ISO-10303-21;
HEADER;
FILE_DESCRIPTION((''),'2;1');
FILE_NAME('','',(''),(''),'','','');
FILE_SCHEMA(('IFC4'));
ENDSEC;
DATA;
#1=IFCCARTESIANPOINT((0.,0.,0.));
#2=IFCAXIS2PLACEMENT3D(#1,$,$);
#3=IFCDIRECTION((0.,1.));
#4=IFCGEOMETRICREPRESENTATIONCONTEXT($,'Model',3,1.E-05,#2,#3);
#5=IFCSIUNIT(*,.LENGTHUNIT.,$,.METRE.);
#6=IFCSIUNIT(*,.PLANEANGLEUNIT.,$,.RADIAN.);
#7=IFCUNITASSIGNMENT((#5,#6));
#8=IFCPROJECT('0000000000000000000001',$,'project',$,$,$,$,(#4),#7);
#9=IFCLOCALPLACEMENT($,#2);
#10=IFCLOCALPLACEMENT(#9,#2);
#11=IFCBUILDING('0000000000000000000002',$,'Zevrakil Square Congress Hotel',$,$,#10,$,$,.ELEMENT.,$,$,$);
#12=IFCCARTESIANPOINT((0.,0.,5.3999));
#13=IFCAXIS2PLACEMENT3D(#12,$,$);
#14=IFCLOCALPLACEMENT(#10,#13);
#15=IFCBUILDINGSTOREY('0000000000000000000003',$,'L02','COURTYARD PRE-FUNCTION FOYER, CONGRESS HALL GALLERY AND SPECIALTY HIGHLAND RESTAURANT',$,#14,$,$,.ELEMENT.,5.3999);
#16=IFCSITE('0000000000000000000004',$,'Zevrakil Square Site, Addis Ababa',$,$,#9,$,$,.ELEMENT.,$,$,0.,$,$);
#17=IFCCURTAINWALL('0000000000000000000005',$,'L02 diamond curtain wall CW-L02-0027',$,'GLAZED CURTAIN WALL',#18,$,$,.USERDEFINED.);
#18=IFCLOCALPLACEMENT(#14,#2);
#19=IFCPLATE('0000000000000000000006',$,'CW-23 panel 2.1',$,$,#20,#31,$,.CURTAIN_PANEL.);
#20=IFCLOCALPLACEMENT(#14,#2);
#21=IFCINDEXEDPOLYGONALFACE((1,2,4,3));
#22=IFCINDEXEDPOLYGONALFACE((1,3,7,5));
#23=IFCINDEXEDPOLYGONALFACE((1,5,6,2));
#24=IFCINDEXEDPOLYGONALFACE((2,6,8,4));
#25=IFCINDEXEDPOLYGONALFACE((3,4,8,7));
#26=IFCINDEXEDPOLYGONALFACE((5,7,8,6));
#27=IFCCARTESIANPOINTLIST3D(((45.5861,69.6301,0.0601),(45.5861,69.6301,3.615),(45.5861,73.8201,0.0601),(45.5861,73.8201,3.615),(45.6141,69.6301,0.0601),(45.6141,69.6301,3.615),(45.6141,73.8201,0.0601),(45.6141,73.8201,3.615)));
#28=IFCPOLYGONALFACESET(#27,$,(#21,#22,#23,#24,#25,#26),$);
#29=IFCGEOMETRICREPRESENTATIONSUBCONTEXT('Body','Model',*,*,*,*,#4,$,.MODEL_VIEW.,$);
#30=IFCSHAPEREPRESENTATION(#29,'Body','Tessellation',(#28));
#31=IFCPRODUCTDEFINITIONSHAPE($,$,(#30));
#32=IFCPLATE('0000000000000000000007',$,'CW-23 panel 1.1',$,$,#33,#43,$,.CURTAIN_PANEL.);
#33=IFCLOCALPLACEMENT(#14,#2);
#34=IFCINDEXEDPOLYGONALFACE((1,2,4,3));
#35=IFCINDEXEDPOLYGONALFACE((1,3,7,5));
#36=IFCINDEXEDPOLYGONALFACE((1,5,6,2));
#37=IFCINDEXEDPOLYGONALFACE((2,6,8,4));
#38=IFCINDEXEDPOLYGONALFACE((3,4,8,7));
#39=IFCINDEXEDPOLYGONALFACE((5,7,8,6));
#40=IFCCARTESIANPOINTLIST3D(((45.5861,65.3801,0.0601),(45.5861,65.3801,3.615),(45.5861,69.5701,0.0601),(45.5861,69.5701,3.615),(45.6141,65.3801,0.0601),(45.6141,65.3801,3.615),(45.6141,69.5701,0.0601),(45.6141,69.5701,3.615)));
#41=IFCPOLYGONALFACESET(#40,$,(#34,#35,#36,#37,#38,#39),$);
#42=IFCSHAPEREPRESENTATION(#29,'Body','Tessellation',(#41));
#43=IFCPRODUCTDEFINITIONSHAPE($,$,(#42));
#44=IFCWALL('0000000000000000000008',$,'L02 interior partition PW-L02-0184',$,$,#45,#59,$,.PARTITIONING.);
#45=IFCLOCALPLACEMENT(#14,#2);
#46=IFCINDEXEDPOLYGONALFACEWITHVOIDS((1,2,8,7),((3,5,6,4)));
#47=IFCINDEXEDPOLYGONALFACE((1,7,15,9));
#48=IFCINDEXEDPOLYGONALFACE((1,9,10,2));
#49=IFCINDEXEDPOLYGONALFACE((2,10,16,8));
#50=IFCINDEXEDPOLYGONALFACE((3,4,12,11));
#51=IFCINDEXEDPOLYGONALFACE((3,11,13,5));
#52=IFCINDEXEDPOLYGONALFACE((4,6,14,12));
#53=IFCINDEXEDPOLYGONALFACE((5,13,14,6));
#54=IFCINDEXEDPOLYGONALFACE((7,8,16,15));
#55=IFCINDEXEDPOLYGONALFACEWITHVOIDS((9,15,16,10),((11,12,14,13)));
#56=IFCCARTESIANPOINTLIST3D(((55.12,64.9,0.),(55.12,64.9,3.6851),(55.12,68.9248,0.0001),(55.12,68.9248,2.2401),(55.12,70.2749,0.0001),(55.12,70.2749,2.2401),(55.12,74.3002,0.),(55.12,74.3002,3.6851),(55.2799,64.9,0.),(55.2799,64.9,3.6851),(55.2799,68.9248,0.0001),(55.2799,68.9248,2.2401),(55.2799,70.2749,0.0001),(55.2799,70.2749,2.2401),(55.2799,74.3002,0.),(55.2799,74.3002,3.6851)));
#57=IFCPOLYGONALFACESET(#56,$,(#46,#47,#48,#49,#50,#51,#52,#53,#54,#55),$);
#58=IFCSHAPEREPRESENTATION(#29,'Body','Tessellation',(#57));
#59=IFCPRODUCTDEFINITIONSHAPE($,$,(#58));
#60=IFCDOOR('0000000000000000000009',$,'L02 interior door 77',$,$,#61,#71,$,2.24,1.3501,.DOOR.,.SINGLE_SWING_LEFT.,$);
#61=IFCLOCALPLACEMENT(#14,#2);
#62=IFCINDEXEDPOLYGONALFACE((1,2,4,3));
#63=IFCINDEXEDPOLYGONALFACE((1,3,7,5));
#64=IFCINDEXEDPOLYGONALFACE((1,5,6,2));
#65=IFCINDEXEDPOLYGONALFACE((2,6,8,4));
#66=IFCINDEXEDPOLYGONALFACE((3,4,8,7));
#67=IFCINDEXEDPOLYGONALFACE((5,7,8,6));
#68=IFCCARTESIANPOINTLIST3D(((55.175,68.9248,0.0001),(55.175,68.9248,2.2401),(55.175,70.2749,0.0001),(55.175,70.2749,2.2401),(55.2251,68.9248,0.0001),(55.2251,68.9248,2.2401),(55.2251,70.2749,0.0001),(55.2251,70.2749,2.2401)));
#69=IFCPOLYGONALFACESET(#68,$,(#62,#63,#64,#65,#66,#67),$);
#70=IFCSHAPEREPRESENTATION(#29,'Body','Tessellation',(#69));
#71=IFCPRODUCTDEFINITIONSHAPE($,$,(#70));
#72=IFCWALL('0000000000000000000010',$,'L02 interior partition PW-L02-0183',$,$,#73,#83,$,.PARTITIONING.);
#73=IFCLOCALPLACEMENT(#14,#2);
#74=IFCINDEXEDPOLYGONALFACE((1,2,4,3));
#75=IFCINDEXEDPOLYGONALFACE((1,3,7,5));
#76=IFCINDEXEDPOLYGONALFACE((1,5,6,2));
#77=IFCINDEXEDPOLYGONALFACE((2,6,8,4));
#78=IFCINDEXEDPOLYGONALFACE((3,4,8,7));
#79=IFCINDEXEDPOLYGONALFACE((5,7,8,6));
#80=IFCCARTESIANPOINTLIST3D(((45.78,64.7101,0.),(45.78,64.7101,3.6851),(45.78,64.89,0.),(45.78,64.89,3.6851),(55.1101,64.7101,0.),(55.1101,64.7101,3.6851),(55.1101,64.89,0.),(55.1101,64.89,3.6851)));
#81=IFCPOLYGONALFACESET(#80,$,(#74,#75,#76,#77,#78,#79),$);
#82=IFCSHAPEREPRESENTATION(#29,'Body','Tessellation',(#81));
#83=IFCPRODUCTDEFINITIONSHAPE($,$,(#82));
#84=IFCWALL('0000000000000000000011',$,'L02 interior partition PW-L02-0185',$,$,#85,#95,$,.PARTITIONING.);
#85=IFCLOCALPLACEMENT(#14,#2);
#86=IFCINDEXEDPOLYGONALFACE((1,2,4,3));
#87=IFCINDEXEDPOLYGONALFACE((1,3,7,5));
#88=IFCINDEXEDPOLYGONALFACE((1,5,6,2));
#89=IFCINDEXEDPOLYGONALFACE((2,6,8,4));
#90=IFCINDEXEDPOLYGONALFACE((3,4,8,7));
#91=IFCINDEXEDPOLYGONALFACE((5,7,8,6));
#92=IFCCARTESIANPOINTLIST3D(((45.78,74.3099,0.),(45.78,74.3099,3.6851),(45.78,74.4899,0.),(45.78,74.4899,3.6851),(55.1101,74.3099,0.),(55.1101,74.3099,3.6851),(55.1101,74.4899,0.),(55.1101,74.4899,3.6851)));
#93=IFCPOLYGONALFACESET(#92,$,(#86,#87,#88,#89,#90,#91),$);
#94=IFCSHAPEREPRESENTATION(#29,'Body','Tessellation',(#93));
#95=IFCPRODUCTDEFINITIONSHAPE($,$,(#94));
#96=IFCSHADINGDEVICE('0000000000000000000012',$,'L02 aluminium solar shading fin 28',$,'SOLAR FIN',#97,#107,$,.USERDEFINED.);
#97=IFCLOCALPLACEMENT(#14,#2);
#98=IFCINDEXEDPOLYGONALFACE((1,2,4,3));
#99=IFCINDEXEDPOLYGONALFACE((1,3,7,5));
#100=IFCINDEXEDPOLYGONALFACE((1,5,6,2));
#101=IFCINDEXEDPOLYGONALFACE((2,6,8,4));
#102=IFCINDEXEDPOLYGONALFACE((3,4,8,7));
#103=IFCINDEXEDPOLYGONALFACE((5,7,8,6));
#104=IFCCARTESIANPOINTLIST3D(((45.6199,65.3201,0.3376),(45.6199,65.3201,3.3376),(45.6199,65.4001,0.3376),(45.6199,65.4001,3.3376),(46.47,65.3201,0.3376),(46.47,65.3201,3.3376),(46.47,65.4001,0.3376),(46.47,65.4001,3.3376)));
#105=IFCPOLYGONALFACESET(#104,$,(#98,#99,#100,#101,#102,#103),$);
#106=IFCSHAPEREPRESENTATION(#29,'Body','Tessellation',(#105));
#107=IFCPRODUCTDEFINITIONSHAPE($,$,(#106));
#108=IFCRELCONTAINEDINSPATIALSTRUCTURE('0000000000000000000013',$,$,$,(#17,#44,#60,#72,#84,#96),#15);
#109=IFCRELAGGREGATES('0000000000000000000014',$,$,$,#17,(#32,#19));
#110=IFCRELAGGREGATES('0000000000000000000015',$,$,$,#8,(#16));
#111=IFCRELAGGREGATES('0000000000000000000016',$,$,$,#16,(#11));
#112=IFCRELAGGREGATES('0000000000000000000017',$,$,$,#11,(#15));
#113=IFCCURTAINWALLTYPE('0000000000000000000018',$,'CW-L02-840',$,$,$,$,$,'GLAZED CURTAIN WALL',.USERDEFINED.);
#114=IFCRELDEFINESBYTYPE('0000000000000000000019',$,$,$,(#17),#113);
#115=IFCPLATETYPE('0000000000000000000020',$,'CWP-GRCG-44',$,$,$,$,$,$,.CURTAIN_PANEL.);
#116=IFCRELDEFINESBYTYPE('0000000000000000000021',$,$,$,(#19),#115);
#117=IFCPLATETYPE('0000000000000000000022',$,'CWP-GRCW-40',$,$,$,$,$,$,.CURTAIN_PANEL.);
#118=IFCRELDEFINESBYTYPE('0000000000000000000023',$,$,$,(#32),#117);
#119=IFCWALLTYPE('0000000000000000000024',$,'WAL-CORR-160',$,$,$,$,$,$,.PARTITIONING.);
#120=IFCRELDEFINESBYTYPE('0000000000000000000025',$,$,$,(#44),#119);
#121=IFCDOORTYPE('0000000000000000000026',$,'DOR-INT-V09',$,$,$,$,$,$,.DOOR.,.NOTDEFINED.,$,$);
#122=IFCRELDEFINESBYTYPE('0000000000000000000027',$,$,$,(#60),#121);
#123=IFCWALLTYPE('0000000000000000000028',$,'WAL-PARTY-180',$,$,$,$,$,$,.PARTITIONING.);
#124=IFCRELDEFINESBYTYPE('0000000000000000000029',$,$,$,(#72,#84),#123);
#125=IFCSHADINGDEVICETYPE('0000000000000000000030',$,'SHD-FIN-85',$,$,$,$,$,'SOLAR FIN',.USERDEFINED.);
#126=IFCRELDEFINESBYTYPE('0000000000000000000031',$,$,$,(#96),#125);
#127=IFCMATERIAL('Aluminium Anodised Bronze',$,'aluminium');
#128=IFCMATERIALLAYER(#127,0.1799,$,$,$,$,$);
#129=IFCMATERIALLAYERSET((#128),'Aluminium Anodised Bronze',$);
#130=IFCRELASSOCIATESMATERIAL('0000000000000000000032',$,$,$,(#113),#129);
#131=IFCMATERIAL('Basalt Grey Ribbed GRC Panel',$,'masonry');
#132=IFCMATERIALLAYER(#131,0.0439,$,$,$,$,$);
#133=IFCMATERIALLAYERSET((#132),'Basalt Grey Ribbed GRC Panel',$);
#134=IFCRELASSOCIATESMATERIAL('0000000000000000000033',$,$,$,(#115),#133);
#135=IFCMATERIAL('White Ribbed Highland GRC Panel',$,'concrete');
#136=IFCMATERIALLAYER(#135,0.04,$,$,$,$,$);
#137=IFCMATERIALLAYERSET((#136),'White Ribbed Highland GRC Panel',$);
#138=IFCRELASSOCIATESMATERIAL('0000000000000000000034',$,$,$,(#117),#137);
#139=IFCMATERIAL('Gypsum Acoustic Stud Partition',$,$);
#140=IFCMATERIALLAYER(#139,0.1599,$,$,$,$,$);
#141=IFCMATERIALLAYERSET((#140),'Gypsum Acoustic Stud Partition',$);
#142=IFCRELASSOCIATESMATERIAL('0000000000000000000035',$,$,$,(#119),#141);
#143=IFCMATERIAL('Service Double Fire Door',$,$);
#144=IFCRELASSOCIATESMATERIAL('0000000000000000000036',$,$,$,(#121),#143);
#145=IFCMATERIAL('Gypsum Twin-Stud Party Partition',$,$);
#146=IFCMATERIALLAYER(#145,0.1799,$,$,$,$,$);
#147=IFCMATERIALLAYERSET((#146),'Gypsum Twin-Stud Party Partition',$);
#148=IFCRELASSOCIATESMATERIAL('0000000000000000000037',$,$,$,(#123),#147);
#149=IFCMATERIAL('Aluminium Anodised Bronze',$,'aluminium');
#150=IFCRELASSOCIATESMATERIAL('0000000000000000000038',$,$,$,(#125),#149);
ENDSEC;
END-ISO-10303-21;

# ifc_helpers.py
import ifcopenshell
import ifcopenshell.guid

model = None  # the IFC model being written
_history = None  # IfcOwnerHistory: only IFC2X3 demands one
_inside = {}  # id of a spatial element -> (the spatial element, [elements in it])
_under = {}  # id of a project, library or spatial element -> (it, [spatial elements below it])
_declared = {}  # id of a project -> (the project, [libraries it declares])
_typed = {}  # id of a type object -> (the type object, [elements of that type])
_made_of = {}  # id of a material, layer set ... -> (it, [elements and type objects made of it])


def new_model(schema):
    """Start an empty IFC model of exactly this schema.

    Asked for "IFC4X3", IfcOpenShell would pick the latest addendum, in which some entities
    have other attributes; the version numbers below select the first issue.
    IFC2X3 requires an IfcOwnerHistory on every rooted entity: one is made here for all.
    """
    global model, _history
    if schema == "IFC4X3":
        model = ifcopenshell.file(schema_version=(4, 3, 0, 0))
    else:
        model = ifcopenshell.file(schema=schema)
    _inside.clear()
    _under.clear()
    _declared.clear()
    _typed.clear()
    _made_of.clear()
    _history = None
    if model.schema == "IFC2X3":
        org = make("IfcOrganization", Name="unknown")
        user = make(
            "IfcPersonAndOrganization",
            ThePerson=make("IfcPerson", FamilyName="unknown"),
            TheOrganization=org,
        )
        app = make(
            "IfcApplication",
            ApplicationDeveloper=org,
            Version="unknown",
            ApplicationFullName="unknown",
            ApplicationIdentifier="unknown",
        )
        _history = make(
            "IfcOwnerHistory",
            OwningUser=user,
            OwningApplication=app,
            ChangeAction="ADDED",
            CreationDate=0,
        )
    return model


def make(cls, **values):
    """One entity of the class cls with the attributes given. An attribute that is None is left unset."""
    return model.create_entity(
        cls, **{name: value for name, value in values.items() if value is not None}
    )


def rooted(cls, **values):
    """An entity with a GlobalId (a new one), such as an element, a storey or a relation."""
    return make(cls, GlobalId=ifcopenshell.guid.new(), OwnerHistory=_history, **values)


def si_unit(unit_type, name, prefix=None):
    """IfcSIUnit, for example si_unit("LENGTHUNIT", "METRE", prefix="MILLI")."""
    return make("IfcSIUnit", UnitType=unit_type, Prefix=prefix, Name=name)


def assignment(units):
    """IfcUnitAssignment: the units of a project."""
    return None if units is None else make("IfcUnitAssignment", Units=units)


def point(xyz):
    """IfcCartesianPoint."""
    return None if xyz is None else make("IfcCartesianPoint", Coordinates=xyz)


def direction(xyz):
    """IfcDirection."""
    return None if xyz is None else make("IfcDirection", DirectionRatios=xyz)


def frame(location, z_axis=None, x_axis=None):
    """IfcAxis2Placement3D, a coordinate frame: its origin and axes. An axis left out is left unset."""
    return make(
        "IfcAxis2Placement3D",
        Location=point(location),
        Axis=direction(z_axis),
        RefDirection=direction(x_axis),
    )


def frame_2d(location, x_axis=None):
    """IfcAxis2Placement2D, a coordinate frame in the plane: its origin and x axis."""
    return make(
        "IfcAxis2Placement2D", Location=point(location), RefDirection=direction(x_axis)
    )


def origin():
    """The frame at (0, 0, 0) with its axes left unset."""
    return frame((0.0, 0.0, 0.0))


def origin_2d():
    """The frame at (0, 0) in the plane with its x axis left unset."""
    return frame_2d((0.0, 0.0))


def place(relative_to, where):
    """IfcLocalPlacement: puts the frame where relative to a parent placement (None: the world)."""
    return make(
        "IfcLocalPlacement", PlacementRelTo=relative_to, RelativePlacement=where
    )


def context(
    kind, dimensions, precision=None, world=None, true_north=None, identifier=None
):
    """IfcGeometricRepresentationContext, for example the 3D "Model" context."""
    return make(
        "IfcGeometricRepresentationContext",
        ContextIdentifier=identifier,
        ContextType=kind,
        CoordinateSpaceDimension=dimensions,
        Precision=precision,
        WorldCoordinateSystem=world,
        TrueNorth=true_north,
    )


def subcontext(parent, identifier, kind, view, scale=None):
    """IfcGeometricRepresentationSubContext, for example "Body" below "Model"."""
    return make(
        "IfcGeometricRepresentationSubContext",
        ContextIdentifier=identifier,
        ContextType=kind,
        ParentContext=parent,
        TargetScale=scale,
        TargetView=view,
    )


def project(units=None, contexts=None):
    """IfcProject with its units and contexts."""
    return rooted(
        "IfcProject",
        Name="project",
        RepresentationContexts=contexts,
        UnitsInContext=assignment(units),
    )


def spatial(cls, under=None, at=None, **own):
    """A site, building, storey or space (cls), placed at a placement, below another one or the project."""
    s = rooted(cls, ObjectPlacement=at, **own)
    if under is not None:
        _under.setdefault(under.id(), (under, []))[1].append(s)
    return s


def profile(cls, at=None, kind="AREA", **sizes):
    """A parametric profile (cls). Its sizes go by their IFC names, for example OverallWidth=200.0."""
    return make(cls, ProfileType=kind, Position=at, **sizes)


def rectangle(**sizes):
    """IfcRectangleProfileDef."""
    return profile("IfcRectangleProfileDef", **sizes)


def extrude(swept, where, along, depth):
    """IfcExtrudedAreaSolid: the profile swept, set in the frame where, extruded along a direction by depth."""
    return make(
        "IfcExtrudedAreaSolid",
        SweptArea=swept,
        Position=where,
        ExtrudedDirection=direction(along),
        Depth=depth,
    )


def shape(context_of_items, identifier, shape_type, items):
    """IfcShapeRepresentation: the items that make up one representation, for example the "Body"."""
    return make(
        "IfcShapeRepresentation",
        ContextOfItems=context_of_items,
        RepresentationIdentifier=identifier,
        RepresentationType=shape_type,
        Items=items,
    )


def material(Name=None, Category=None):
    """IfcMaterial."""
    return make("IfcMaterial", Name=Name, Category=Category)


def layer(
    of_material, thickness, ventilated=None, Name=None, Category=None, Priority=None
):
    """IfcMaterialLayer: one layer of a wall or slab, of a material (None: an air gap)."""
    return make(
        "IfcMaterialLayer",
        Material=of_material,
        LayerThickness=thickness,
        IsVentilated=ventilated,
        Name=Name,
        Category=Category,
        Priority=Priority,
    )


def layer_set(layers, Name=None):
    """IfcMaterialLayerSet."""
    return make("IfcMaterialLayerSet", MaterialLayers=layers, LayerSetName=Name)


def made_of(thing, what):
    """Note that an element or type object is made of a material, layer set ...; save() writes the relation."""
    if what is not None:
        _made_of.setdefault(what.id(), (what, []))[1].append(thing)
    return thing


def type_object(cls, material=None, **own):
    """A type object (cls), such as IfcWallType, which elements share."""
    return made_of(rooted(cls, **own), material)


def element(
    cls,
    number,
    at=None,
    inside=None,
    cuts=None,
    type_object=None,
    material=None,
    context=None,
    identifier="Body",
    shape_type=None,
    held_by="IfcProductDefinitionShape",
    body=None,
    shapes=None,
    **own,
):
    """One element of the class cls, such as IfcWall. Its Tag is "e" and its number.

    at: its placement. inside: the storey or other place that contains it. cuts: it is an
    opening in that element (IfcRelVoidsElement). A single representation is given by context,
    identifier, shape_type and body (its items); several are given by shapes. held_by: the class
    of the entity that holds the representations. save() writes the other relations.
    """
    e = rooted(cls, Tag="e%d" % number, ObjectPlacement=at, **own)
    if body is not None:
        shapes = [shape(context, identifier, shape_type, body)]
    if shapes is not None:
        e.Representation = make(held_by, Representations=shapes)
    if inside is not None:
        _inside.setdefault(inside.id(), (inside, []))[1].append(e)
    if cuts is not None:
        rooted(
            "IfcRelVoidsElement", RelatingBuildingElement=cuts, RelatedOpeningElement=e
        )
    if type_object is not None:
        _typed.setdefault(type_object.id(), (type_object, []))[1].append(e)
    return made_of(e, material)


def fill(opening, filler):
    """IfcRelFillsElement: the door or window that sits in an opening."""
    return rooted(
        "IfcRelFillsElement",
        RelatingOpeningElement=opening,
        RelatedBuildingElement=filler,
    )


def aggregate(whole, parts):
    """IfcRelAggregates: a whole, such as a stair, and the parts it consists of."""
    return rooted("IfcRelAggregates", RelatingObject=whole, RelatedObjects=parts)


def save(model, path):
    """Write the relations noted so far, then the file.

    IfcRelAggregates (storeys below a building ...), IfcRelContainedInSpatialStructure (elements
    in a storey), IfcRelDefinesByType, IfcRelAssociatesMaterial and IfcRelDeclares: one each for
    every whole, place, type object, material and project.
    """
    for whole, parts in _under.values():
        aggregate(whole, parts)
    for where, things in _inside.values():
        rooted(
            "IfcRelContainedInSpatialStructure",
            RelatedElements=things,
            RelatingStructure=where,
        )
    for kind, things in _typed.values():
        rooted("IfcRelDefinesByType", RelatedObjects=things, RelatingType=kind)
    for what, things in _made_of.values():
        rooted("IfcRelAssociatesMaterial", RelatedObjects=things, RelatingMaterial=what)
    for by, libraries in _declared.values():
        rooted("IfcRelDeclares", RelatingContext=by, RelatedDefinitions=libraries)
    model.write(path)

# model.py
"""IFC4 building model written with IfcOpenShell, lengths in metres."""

from ifc_helpers import new_model, si_unit, direction, frame, frame_2d, origin, origin_2d, place, context, subcontext, project, spatial, rectangle, extrude, material, layer, layer_set, type_object, element, fill, aggregate, save


model = new_model("IFC4")

# Units and contexts
model_context = context("Model", 3, precision=1e-05, world=origin(), true_north=direction((0.0, 1.0)))
body_context = subcontext(model_context, "Body", "Model", "MODEL_VIEW")
ifc_project = project(units=[si_unit("LENGTHUNIT", "METRE"), si_unit("PLANEANGLEUNIT", "RADIAN")], contexts=[model_context])

# Site, building, storey
site_placement = place(None, origin())
site = spatial("IfcSite", under=ifc_project, at=site_placement, Name="Zevrakil Square Site, Addis Ababa", CompositionType="ELEMENT", RefElevation=0.0)
building_placement = place(site_placement, origin())
building = spatial("IfcBuilding", under=site, at=building_placement, Name="Zevrakil Square Congress Hotel", CompositionType="ELEMENT")
storey_placement = place(building_placement, frame((0.0, 0.0, 5.3999)))
storey = spatial("IfcBuildingStorey", under=building, at=storey_placement, Name="L02", Description="COURTYARD PRE-FUNCTION FOYER, CONGRESS HALL GALLERY AND SPECIALTY HIGHLAND RESTAURANT", CompositionType="ELEMENT", Elevation=5.3999)

# Curtain wall, plates
ifc_material_1 = material(Name="Aluminium Anodised Bronze", Category="aluminium")
ifc_layer_1 = layer(ifc_material_1, 0.1799)
ifc_layer_set_1 = layer_set([ifc_layer_1], Name="Aluminium Anodised Bronze")
curtain_wall_type = type_object("IfcCurtainWallType", Name="CW-L02-840", ElementType="GLAZED CURTAIN WALL", PredefinedType="USERDEFINED", material=ifc_layer_set_1)
curtain_wall_placement = place(storey_placement, origin())
curtain_wall = element("IfcCurtainWall", 1, at=curtain_wall_placement, inside=storey, type_object=curtain_wall_type, Name="L02 diamond curtain wall CW-L02-0027", ObjectType="GLAZED CURTAIN WALL", PredefinedType="USERDEFINED")
ifc_material_2 = material(Name="Basalt Grey Ribbed GRC Panel", Category="masonry")
ifc_layer_2 = layer(ifc_material_2, 0.0439)
ifc_layer_set_2 = layer_set([ifc_layer_2], Name="Basalt Grey Ribbed GRC Panel")
plate_type_1 = type_object("IfcPlateType", Name="CWP-GRCG-44", PredefinedType="CURTAIN_PANEL", material=ifc_layer_set_2)
plate_1_placement = place(storey_placement, frame((45.6001, 71.7251, 0.0601), z_axis=(0.0, 0.0, 1.0), x_axis=(0.0, 1.0, 0.0)))
plate_1 = element("IfcPlate", 2, at=plate_1_placement, type_object=plate_type_1, Name="CW-23 panel 2.1", PredefinedType="CURTAIN_PANEL", context=body_context, shape_type="SweptSolid", body=[
    extrude(rectangle(XDim=4.1899, YDim=0.0281, at=origin_2d()), origin(), (0.0, 0.0, 1.0), 3.5549),
])
ifc_material_3 = material(Name="White Ribbed Highland GRC Panel", Category="concrete")
ifc_layer_3 = layer(ifc_material_3, 0.04)
ifc_layer_set_3 = layer_set([ifc_layer_3], Name="White Ribbed Highland GRC Panel")
plate_type_2 = type_object("IfcPlateType", Name="CWP-GRCW-40", PredefinedType="CURTAIN_PANEL", material=ifc_layer_set_3)
plate_2_placement = place(storey_placement, frame((45.6001, 67.4751, 0.0601), z_axis=(0.0, 0.0, 1.0), x_axis=(0.0, 1.0, 0.0)))
plate_2 = element("IfcPlate", 3, at=plate_2_placement, type_object=plate_type_2, Name="CW-23 panel 1.1", PredefinedType="CURTAIN_PANEL", context=body_context, shape_type="SweptSolid", body=[
    extrude(rectangle(XDim=4.1899, YDim=0.0281, at=origin_2d()), origin(), (0.0, 0.0, 1.0), 3.5549),
])
aggregate(curtain_wall, [plate_2, plate_1])

# Wall, opening, door
ifc_material_4 = material(Name="Gypsum Acoustic Stud Partition")
ifc_layer_4 = layer(ifc_material_4, 0.1599)
ifc_layer_set_4 = layer_set([ifc_layer_4], Name="Gypsum Acoustic Stud Partition")
wall_type_1 = type_object("IfcWallType", Name="WAL-CORR-160", PredefinedType="PARTITIONING", material=ifc_layer_set_4)
wall_placement = place(storey_placement, frame((55.2, 64.8999, 0.0), z_axis=(0.0, 0.0, 1.0), x_axis=(0.0, 1.0, 0.0)))
wall = element("IfcWall", 4, at=wall_placement, inside=storey, type_object=wall_type_1, Name="L02 interior partition PW-L02-0184", PredefinedType="PARTITIONING", context=body_context, shape_type="SweptSolid", body=[
    extrude(rectangle(XDim=9.4001, YDim=0.1599, at=frame_2d((4.7002, 0.0))), origin(), (0.0, 0.0, 1.0), 3.6851),
])
opening_placement = place(wall_placement, frame((4.0249, 0.0, 0.0)))
opening = element("IfcOpeningElement", 5, at=opening_placement, cuts=wall, PredefinedType="OPENING", context=body_context, shape_type="SweptSolid", body=[
    extrude(rectangle(XDim=1.3501, YDim=2.24, at=frame_2d((0.675, 1.1201))), frame((0.0, 0.0898, 0.0), z_axis=(0.0, -1.0, 0.0), x_axis=(1.0, 0.0, 0.0)), (0.0, 0.0, 1.0), 0.1799),
])
ifc_material_5 = material(Name="Service Double Fire Door")
door_type = type_object("IfcDoorType", Name="DOR-INT-V09", OperationType="NOTDEFINED", PredefinedType="DOOR", material=ifc_material_5)
door_placement = place(opening_placement, origin())
door = element("IfcDoor", 6, at=door_placement, inside=storey, type_object=door_type, Name="L02 interior door 77", OperationType="SINGLE_SWING_LEFT", OverallHeight=2.24, OverallWidth=1.3501, PredefinedType="DOOR", context=body_context, shape_type="SweptSolid", body=[
    extrude(rectangle(XDim=1.3501, YDim=2.24, at=frame_2d((0.675, 1.1201))), frame((0.0, 0.0249, 0.0), z_axis=(0.0, -1.0, 0.0), x_axis=(1.0, 0.0, 0.0)), (0.0, 0.0, 1.0), 0.05),
])
fill(opening, door)

# Walls
ifc_material_6 = material(Name="Gypsum Twin-Stud Party Partition")
ifc_layer_5 = layer(ifc_material_6, 0.1799)
ifc_layer_set_5 = layer_set([ifc_layer_5], Name="Gypsum Twin-Stud Party Partition")
wall_type_2 = type_object("IfcWallType", Name="WAL-PARTY-180", PredefinedType="PARTITIONING", material=ifc_layer_set_5)
for number, where, z_axis, x_axis, name in (
    (7, (45.78, 64.8, 0.0), (0.0, 0.0, 1.0), (1.0, 0.0, 0.0), "L02 interior partition PW-L02-0183"),
    (8, (45.78, 74.3999, 0.0), (0.0, 0.0, 1.0), (1.0, 0.0, 0.0), "L02 interior partition PW-L02-0185"),
):
    element("IfcWall", number, at=place(storey_placement, frame(where, z_axis=z_axis, x_axis=x_axis)), inside=storey, type_object=wall_type_2, Name=name, PredefinedType="PARTITIONING", context=body_context, shape_type="SweptSolid", body=[
        extrude(rectangle(XDim=9.3301, YDim=0.1799, at=frame_2d((4.665, 0.0))), origin(), (0.0, 0.0, 1.0), 3.6851),
    ])

# Shading device
ifc_material_7 = material(Name="Aluminium Anodised Bronze", Category="aluminium")
shading_device_type = type_object("IfcShadingDeviceType", Name="SHD-FIN-85", ElementType="SOLAR FIN", PredefinedType="USERDEFINED", material=ifc_material_7)
shading_device_placement = place(storey_placement, frame((46.0449, 65.3601, 0.3376), z_axis=(0.0, 0.0, 1.0), x_axis=(1.0, 0.0, 0.0)))
element("IfcShadingDevice", 9, at=shading_device_placement, inside=storey, type_object=shading_device_type, Name="L02 aluminium solar shading fin 28", ObjectType="SOLAR FIN", PredefinedType="USERDEFINED", context=body_context, shape_type="SweptSolid", body=[
    extrude(rectangle(XDim=0.8501, YDim=0.0801, at=origin_2d()), origin(), (0.0, 0.0, 1.0), 3.0),
])

save(model, "model.ifc")
